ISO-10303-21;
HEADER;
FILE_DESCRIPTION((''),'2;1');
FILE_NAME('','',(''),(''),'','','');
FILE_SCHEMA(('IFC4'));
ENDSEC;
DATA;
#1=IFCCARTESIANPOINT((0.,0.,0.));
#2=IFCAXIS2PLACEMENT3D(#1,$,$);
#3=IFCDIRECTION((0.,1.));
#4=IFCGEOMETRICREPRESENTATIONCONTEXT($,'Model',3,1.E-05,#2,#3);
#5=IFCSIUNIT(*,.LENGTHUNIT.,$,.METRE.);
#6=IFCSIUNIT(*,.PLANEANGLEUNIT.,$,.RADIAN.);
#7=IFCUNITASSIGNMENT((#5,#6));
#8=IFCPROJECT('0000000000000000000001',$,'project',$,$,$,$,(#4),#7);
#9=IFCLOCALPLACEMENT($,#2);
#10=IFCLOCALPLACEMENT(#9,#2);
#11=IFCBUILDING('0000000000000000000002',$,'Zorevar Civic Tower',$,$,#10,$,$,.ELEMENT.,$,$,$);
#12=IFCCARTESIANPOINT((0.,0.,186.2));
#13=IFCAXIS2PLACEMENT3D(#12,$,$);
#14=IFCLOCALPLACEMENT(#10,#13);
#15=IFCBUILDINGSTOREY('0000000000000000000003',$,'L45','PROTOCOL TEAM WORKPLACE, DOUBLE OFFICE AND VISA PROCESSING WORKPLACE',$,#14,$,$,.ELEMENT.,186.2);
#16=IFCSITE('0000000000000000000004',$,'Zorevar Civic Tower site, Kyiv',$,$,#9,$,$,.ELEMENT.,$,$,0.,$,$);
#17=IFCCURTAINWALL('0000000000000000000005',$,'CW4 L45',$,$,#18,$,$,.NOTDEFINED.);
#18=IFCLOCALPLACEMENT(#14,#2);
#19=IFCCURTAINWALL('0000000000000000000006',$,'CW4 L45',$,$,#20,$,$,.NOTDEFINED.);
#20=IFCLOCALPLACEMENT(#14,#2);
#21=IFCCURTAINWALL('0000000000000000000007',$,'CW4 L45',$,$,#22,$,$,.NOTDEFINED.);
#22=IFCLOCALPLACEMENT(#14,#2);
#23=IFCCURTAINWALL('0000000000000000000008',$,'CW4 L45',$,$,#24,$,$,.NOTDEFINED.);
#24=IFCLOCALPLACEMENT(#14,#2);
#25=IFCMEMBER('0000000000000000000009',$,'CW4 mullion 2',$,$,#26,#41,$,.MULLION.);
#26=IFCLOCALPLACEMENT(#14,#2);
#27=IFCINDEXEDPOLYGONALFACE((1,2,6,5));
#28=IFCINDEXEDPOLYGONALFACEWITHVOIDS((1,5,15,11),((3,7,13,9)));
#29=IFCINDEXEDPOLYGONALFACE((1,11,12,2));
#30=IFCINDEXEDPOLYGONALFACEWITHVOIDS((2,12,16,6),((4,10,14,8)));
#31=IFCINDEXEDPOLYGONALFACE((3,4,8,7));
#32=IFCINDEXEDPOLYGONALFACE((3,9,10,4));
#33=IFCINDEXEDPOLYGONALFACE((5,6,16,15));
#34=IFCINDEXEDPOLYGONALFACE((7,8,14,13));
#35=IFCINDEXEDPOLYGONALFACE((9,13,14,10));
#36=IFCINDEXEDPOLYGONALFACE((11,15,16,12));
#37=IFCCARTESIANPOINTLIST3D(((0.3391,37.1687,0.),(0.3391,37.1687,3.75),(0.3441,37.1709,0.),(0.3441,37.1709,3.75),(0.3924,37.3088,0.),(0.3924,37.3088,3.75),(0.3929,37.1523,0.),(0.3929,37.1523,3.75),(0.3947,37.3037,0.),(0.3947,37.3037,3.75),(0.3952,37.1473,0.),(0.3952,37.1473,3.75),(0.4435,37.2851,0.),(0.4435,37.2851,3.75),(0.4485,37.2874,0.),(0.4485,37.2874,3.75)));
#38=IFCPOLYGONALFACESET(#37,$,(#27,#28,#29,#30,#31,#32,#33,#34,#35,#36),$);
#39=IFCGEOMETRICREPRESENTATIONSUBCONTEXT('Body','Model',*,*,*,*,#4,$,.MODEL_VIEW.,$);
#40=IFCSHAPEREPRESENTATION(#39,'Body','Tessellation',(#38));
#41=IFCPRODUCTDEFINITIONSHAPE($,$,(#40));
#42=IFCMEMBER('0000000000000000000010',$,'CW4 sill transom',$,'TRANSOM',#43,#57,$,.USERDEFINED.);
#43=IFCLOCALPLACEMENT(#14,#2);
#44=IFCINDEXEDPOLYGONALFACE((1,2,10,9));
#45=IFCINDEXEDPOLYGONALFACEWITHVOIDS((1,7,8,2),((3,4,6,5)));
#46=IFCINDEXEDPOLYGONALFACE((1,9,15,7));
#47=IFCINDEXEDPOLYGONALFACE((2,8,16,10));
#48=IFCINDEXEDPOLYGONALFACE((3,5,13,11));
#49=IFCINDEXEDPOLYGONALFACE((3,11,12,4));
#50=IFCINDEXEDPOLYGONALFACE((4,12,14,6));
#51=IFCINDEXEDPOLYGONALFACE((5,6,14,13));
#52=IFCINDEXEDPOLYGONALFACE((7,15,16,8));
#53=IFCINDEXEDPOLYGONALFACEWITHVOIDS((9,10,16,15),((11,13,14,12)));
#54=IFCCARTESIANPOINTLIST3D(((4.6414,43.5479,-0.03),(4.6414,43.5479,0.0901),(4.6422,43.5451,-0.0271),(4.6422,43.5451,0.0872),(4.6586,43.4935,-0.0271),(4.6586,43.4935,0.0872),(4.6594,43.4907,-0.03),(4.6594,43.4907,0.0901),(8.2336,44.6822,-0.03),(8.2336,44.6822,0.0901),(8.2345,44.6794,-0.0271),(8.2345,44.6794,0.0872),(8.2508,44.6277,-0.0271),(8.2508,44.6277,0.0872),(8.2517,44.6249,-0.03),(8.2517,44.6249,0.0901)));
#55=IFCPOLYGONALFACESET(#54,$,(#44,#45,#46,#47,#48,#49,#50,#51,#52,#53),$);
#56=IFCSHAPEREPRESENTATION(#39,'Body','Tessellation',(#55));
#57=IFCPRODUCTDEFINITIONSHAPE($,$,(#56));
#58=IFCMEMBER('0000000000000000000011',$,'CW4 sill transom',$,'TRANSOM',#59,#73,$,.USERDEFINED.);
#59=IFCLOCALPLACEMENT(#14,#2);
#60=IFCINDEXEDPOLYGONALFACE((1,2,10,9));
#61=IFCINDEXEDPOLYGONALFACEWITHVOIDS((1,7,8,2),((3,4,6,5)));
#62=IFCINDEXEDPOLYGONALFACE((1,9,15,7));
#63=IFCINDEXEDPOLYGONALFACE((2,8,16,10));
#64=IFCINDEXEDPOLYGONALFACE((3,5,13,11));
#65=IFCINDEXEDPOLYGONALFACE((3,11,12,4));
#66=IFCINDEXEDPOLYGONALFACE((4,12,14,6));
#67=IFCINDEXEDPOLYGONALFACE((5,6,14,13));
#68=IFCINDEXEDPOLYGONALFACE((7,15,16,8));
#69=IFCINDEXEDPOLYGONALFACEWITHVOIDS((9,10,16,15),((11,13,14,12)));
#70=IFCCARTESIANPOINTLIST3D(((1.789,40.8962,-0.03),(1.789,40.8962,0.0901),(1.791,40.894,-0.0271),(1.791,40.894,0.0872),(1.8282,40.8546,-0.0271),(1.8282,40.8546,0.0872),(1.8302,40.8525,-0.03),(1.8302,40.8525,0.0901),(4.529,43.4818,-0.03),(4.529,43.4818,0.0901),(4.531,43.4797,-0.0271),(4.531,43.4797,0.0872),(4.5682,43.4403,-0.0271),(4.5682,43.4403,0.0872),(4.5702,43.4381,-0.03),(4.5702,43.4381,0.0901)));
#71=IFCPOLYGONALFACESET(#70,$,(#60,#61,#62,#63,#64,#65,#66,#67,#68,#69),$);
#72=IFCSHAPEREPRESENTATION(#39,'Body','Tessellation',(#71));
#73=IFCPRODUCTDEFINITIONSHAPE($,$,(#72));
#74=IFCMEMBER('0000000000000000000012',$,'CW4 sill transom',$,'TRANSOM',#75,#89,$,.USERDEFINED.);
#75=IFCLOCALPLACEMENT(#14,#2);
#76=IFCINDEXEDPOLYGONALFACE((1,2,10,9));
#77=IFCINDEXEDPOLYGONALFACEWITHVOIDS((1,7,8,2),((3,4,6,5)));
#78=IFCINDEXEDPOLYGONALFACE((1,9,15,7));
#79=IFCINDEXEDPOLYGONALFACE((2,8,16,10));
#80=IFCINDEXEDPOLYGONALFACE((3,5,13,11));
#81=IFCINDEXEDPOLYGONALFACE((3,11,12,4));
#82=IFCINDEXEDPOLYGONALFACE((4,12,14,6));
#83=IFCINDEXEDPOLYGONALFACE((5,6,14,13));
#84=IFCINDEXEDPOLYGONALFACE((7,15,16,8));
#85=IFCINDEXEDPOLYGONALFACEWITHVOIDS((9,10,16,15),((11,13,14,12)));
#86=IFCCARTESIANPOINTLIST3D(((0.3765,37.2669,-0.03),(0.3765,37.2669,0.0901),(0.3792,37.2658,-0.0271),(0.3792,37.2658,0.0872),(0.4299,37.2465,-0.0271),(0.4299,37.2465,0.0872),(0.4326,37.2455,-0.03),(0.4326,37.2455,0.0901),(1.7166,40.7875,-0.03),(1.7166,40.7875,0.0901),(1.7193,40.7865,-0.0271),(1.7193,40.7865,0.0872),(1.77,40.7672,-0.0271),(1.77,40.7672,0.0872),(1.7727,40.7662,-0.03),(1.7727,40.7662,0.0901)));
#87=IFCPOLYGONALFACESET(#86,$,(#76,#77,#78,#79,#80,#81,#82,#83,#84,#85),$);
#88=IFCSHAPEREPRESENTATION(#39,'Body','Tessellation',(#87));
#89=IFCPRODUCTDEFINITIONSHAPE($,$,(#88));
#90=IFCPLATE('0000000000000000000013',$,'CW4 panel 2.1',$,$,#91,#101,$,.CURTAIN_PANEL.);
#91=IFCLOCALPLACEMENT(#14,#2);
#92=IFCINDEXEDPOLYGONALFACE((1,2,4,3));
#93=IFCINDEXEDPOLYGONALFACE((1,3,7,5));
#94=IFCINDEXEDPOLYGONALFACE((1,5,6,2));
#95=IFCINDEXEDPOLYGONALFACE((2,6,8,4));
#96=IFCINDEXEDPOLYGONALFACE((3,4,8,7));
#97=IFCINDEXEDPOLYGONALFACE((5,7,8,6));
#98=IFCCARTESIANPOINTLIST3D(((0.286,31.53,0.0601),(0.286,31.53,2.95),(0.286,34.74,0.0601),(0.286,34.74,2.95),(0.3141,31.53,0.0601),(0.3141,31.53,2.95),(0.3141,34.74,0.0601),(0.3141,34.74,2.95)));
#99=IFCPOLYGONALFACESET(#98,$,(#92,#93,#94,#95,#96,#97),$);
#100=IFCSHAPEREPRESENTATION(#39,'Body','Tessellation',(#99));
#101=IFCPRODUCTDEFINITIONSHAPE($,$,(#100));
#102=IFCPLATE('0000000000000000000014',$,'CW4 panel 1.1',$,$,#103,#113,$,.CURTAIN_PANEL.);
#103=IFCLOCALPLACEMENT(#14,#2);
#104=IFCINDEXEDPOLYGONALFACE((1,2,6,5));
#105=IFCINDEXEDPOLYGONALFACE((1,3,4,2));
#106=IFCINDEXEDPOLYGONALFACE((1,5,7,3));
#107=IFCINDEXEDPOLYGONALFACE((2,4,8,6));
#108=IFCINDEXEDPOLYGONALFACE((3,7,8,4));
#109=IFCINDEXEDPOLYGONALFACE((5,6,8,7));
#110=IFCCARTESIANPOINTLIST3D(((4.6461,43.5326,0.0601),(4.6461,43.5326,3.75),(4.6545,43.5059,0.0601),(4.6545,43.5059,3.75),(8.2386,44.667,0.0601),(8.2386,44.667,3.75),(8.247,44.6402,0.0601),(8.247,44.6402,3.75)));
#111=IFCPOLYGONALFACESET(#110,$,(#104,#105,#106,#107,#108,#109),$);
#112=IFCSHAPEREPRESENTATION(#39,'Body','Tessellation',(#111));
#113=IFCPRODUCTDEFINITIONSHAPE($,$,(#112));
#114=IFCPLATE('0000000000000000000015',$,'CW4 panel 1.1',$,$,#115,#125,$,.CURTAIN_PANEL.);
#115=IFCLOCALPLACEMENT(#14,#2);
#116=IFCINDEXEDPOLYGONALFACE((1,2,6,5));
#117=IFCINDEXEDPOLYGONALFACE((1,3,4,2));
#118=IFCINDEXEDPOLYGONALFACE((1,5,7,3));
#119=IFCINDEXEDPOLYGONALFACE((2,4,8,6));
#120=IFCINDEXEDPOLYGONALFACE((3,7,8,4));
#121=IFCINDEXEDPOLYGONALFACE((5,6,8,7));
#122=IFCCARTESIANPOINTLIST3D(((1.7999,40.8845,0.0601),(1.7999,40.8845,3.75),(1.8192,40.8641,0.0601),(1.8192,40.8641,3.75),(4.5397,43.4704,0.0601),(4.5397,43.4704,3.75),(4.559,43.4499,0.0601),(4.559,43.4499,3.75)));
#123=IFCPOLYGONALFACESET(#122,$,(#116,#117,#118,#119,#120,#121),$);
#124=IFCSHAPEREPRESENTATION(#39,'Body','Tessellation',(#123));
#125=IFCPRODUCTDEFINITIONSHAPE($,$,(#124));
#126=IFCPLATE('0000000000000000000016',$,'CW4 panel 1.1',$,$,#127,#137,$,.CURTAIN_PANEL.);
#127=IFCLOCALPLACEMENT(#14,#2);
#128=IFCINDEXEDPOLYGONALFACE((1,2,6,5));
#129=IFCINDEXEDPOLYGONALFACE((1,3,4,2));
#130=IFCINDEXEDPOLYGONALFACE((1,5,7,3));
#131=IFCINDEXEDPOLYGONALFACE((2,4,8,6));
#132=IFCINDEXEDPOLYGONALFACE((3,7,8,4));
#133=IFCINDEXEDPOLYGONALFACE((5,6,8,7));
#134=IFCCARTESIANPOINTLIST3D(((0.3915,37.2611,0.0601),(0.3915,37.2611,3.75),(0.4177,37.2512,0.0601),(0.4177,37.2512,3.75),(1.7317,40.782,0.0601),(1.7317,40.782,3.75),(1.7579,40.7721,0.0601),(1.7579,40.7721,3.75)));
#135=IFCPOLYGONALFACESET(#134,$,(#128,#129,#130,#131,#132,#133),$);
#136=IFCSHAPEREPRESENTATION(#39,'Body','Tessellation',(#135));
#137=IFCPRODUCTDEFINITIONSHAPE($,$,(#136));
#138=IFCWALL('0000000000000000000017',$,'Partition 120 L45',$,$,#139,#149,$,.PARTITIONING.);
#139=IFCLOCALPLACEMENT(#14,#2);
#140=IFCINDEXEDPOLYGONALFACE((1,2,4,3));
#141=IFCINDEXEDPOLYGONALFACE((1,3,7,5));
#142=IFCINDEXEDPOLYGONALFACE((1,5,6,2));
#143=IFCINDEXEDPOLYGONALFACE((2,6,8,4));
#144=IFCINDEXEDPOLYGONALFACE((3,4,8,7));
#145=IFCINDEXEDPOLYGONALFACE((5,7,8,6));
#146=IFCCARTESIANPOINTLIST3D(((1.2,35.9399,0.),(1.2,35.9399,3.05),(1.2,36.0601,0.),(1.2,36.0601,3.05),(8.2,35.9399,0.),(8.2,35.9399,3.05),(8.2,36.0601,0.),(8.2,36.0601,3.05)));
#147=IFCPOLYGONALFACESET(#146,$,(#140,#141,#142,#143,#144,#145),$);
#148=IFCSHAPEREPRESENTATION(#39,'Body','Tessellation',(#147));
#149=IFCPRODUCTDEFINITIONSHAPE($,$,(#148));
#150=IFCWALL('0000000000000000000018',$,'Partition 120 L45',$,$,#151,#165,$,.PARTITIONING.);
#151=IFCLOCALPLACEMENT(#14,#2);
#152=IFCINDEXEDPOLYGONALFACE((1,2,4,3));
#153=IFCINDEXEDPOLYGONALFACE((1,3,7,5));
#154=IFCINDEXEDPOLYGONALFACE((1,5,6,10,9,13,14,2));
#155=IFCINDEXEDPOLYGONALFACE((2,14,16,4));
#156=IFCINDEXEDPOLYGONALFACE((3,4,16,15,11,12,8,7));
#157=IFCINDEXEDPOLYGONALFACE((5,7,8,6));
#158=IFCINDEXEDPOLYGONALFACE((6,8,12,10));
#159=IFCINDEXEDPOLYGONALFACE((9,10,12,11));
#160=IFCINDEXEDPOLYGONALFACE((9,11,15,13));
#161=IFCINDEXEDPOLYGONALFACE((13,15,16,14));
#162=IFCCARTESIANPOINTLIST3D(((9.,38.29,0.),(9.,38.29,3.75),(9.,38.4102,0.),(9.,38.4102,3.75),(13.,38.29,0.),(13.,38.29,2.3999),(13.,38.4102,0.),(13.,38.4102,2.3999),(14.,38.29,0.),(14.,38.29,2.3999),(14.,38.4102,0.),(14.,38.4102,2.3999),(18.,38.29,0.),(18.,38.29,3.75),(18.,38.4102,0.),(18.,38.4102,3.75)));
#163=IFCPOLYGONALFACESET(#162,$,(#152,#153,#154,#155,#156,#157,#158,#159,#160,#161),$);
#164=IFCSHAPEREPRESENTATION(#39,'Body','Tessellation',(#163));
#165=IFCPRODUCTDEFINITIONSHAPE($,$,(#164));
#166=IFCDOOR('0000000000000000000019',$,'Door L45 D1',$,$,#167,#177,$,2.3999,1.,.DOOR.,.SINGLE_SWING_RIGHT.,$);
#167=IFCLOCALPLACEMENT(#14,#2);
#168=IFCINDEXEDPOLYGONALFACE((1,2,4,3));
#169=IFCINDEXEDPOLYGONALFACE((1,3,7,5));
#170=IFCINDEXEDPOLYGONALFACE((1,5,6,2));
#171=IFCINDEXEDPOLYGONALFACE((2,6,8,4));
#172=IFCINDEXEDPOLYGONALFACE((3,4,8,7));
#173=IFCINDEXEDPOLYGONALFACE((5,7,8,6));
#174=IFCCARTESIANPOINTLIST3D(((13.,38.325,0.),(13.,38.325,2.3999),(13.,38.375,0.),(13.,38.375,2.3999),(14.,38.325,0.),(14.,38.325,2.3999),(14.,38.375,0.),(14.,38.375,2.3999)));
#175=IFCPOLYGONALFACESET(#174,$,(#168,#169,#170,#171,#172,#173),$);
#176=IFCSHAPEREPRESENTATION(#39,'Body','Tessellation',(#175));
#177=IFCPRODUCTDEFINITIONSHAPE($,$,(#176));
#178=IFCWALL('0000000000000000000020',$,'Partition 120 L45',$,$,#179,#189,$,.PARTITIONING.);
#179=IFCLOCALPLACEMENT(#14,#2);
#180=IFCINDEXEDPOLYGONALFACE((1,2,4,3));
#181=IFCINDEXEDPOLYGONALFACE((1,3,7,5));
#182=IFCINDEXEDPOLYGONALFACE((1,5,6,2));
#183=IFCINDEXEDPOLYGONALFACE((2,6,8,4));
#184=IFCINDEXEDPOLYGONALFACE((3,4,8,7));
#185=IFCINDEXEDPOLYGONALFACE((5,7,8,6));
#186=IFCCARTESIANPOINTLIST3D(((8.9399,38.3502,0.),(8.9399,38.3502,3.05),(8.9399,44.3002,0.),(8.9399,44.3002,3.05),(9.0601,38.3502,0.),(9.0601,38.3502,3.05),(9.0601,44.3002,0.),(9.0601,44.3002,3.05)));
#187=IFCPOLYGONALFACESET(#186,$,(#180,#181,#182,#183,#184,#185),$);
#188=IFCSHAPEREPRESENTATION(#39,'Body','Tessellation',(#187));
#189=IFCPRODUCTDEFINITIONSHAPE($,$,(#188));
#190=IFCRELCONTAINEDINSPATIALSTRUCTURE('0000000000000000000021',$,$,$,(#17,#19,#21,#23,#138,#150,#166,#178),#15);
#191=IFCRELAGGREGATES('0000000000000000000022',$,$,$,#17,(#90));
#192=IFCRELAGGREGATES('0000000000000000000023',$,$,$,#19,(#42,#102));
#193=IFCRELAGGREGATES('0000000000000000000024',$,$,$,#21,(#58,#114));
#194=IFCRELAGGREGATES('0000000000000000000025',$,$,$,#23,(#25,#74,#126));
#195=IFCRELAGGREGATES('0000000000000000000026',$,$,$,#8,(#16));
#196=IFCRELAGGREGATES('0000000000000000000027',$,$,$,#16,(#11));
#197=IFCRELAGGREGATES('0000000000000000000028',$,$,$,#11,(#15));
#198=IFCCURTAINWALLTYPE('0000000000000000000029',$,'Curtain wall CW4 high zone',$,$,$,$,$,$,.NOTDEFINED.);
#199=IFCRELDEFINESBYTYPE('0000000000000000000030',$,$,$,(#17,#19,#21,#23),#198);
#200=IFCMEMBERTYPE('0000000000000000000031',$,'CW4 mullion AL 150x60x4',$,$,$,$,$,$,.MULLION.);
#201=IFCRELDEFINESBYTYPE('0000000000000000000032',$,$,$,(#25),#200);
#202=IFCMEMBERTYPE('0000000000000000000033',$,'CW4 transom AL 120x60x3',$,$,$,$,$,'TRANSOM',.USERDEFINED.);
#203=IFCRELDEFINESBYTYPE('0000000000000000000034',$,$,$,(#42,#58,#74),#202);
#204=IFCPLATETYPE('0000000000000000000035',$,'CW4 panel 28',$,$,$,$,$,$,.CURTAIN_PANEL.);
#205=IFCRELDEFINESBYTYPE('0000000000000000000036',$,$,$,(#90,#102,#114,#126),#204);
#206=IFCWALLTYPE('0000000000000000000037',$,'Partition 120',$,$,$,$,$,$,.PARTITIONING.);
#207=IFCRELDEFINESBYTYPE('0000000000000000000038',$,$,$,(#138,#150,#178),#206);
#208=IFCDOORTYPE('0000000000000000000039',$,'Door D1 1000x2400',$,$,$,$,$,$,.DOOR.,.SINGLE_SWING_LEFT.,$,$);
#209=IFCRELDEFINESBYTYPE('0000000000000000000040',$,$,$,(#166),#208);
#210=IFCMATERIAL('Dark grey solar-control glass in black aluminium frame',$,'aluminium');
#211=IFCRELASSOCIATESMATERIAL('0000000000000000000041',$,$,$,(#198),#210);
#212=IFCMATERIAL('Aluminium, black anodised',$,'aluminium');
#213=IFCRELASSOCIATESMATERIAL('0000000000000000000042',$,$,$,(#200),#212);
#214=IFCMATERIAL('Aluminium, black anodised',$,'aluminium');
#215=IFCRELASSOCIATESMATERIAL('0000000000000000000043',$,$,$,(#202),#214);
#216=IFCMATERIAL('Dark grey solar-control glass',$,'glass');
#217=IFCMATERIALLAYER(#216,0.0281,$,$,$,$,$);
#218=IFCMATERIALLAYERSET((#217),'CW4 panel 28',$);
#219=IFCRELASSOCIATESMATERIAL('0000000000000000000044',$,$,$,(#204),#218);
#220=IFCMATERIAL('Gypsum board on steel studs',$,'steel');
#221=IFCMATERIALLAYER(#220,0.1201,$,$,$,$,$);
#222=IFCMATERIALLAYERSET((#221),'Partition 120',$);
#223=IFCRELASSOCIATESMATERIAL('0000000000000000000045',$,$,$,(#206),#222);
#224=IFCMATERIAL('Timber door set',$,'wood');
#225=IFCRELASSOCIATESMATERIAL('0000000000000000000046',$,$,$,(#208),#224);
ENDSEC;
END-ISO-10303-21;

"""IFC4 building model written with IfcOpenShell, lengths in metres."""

from ifc_helpers import new_model, si_unit, direction, frame, frame_2d, origin, origin_2d, place, context, subcontext, project, spatial, rectangle, hollow_rectangle, extrude, material, layer, layer_set, material_profile, profile_set, type_object, element, fill, aggregate, save


model = new_model("IFC4")

# Units and contexts
model_context = context("Model", 3, precision=1e-05, world=origin(), true_north=direction((0.0, 1.0)))
body_context = subcontext(model_context, "Body", "Model", "MODEL_VIEW")
ifc_project = project(units=[si_unit("LENGTHUNIT", "METRE"), si_unit("PLANEANGLEUNIT", "RADIAN")], contexts=[model_context])

# Site, building, storey
site_placement = place(None, origin())
site = spatial("IfcSite", under=ifc_project, at=site_placement, Name="Zorevar Civic Tower site, Kyiv", CompositionType="ELEMENT", RefElevation=0.0)
building_placement = place(site_placement, origin())
building = spatial("IfcBuilding", under=site, at=building_placement, Name="Zorevar Civic Tower", CompositionType="ELEMENT")
storey_placement = place(building_placement, frame((0.0, 0.0, 186.2)))
storey = spatial("IfcBuildingStorey", under=building, at=storey_placement, Name="L45", Description="PROTOCOL TEAM WORKPLACE, DOUBLE OFFICE AND VISA PROCESSING WORKPLACE", CompositionType="ELEMENT", Elevation=186.2)

# Curtain wall
ifc_material_1 = material(Name="Dark grey solar-control glass in black aluminium frame", Category="aluminium")
curtain_wall_type = type_object("IfcCurtainWallType", Name="Curtain wall CW4 high zone", PredefinedType="NOTDEFINED", material=ifc_material_1)
curtain_wall_1_placement = place(storey_placement, origin())
curtain_wall_1 = element("IfcCurtainWall", 1, at=curtain_wall_1_placement, inside=storey, type_object=curtain_wall_type, Name="CW4 L45", PredefinedType="NOTDEFINED")
ifc_material_2 = material(Name="Aluminium, black anodised", Category="aluminium")
ifc_material_profile_1 = material_profile(ifc_material_2, hollow_rectangle(XDim=0.0601, YDim=0.1499, WallThickness=0.0039, at=origin_2d()), Name="AL 150x60x4")
ifc_profile_set_1 = profile_set([ifc_material_profile_1], Name="Aluminium, black anodised")
member_type_1 = type_object("IfcMemberType", Name="CW4 mullion AL 150x60x4", PredefinedType="MULLION", material=ifc_profile_set_1)

# Curtain walls, member
curtain_wall_2_placement = place(storey_placement, origin())
curtain_wall_2 = element("IfcCurtainWall", 2, at=curtain_wall_2_placement, inside=storey, type_object=curtain_wall_type, Name="CW4 L45", PredefinedType="NOTDEFINED")
curtain_wall_3_placement = place(storey_placement, origin())
curtain_wall_3 = element("IfcCurtainWall", 3, at=curtain_wall_3_placement, inside=storey, type_object=curtain_wall_type, Name="CW4 L45", PredefinedType="NOTDEFINED")
curtain_wall_4_placement = place(storey_placement, origin())
curtain_wall_4 = element("IfcCurtainWall", 4, at=curtain_wall_4_placement, inside=storey, type_object=curtain_wall_type, Name="CW4 L45", PredefinedType="NOTDEFINED")
member_1_placement = place(storey_placement, frame((0.3938, 37.228, 0.0), z_axis=(0.0, 0.0, 1.0), x_axis=(0.934588, -0.355731, 0.0)))
member_1 = element("IfcMember", 5, at=member_1_placement, type_object=member_type_1, Name="CW4 mullion 2", PredefinedType="MULLION", context=body_context, shape_type="SweptSolid", body=[
    extrude(hollow_rectangle(XDim=0.0601, YDim=0.1499, WallThickness=0.0039, at=origin_2d()), origin(), (0.0, 0.0, 1.0), 3.75),
])

# Members
ifc_material_3 = material(Name="Aluminium, black anodised", Category="aluminium")
ifc_material_profile_2 = material_profile(ifc_material_3, hollow_rectangle(XDim=0.0601, YDim=0.1201, WallThickness=0.0029, at=origin_2d()), Name="AL 120x60x3")
ifc_profile_set_2 = profile_set([ifc_material_profile_2], Name="Aluminium, black anodised")
member_type_2 = type_object("IfcMemberType", Name="CW4 transom AL 120x60x3", ElementType="TRANSOM", PredefinedType="USERDEFINED", material=ifc_profile_set_2)
member_2_placement = place(storey_placement, frame((8.2427, 44.6536, 0.03), z_axis=(-0.953592, -0.3011, 0.0), x_axis=(0.3011, -0.953592, 0.0)))
member_2 = element("IfcMember", 6, at=member_2_placement, type_object=member_type_2, Name="CW4 sill transom", ObjectType="TRANSOM", PredefinedType="USERDEFINED", context=body_context, shape_type="SweptSolid", body=[
    extrude(hollow_rectangle(XDim=0.0601, YDim=0.1201, WallThickness=0.0029, at=origin_2d()), origin(), (0.0, 0.0, 1.0), 3.7671),
])
member_3_placement = place(storey_placement, frame((4.5496, 43.46, 0.03), z_axis=(-0.727288, -0.686332, 0.0), x_axis=(0.686332, -0.727288, 0.0)))
member_3 = element("IfcMember", 7, at=member_3_placement, type_object=member_type_2, Name="CW4 sill transom", ObjectType="TRANSOM", PredefinedType="USERDEFINED", context=body_context, shape_type="SweptSolid", body=[
    extrude(hollow_rectangle(XDim=0.0601, YDim=0.1201, WallThickness=0.0029, at=origin_2d()), origin(), (0.0, 0.0, 1.0), 3.7673),
])
member_4_placement = place(storey_placement, frame((1.7446, 40.7769, 0.03), z_axis=(-0.355729, -0.934589, 0.0), x_axis=(0.934589, -0.355729, 0.0)))
member_4 = element("IfcMember", 8, at=member_4_placement, type_object=member_type_2, Name="CW4 sill transom", ObjectType="TRANSOM", PredefinedType="USERDEFINED", context=body_context, shape_type="SweptSolid", body=[
    extrude(hollow_rectangle(XDim=0.0601, YDim=0.1201, WallThickness=0.0029, at=origin_2d()), origin(), (0.0, 0.0, 1.0), 3.7671),
])

# Plates
ifc_material_4 = material(Name="Dark grey solar-control glass", Category="glass")
ifc_layer_1 = layer(ifc_material_4, 0.0281)
ifc_layer_set_1 = layer_set([ifc_layer_1], Name="CW4 panel 28")
plate_type = type_object("IfcPlateType", Name="CW4 panel 28", PredefinedType="CURTAIN_PANEL", material=ifc_layer_set_1)
plate_1_placement = place(storey_placement, frame((0.3, 33.135, 0.0601), z_axis=(0.0, 0.0, 1.0), x_axis=(0.0, 1.0, 0.0)))
plate_1 = element("IfcPlate", 9, at=plate_1_placement, type_object=plate_type, Name="CW4 panel 2.1", PredefinedType="CURTAIN_PANEL", context=body_context, shape_type="SweptSolid", body=[
    extrude(rectangle(XDim=3.21, YDim=0.0281, at=origin_2d()), origin(), (0.0, 0.0, 1.0), 2.8899),
])
aggregate(curtain_wall_1, [plate_1])
plate_2_placement = place(storey_placement, frame((6.4465, 44.0864, 0.0601), z_axis=(0.0, 0.0, 1.0), x_axis=(-0.95359, -0.301108, 0.0)))
plate_2 = element("IfcPlate", 10, at=plate_2_placement, type_object=plate_type, Name="CW4 panel 1.1", PredefinedType="CURTAIN_PANEL", context=body_context, shape_type="SweptSolid", body=[
    extrude(rectangle(XDim=3.7673, YDim=0.0281, at=origin_2d()), origin(), (0.0, 0.0, 1.0), 3.6899),
])
aggregate(curtain_wall_2, [member_2, plate_2])
plate_3_placement = place(storey_placement, frame((3.1794, 42.1672, 0.0601), z_axis=(0.0, 0.0, 1.0), x_axis=(-0.727245, -0.686378, 0.0)))
plate_3 = element("IfcPlate", 11, at=plate_3_placement, type_object=plate_type, Name="CW4 panel 1.1", PredefinedType="CURTAIN_PANEL", context=body_context, shape_type="SweptSolid", body=[
    extrude(rectangle(XDim=3.7673, YDim=0.0281, at=origin_2d()), origin(), (0.0, 0.0, 1.0), 3.6899),
])
aggregate(curtain_wall_3, [member_3, plate_3])
plate_4_placement = place(storey_placement, frame((1.0747, 39.0166, 0.0601), z_axis=(0.0, 0.0, 1.0), x_axis=(-0.355731, -0.934588, 0.0)))
plate_4 = element("IfcPlate", 12, at=plate_4_placement, type_object=plate_type, Name="CW4 panel 1.1", PredefinedType="CURTAIN_PANEL", context=body_context, shape_type="SweptSolid", body=[
    extrude(rectangle(XDim=3.7673, YDim=0.0281, at=origin_2d()), origin(), (0.0, 0.0, 1.0), 3.6899),
])
aggregate(curtain_wall_4, [member_1, member_4, plate_4])

# Wall
ifc_material_5 = material(Name="Gypsum board on steel studs", Category="steel")
ifc_layer_2 = layer(ifc_material_5, 0.1201)
ifc_layer_set_2 = layer_set([ifc_layer_2], Name="Partition 120")
wall_type = type_object("IfcWallType", Name="Partition 120", PredefinedType="PARTITIONING", material=ifc_layer_set_2)
wall_1_placement = place(storey_placement, frame((1.2, 36.0, 0.0), z_axis=(0.0, 0.0, 1.0), x_axis=(1.0, 0.0, 0.0)))
element("IfcWall", 13, at=wall_1_placement, inside=storey, type_object=wall_type, Name="Partition 120 L45", PredefinedType="PARTITIONING", context=body_context, shape_type="SweptSolid", body=[
    extrude(rectangle(XDim=7.0, YDim=0.1201, at=frame_2d((3.5, 0.0))), origin(), (0.0, 0.0, 1.0), 3.05),
])

# Wall, opening, door
wall_2_placement = place(storey_placement, frame((9.0, 38.3501, 0.0), z_axis=(0.0, 0.0, 1.0), x_axis=(1.0, 0.0, 0.0)))
wall_2 = element("IfcWall", 14, at=wall_2_placement, inside=storey, type_object=wall_type, Name="Partition 120 L45", PredefinedType="PARTITIONING", context=body_context, shape_type="SweptSolid", body=[
    extrude(rectangle(XDim=9.0, YDim=0.1201, at=frame_2d((4.5, 0.0))), origin(), (0.0, 0.0, 1.0), 3.75),
])
opening_placement = place(wall_2_placement, frame((4.0, 0.0, 0.0)))
opening = element("IfcOpeningElement", 15, at=opening_placement, cuts=wall_2, PredefinedType="OPENING", context=body_context, shape_type="SweptSolid", body=[
    extrude(rectangle(XDim=1.0, YDim=2.3999, at=frame_2d((0.5, 1.2))), frame((0.0, 0.0701, 0.0), z_axis=(0.0, -1.0, 0.0), x_axis=(1.0, 0.0, 0.0)), (0.0, 0.0, 1.0), 0.1401),
])
ifc_material_6 = material(Name="Timber door set", Category="wood")
door_type = type_object("IfcDoorType", Name="Door D1 1000x2400", OperationType="SINGLE_SWING_LEFT", PredefinedType="DOOR", material=ifc_material_6)
door_placement = place(opening_placement, origin())
door = element("IfcDoor", 16, at=door_placement, inside=storey, type_object=door_type, Name="Door L45 D1", OperationType="SINGLE_SWING_RIGHT", OverallHeight=2.3999, OverallWidth=1.0, PredefinedType="DOOR", context=body_context, shape_type="SweptSolid", body=[
    extrude(rectangle(XDim=1.0, YDim=2.3999, at=frame_2d((0.5, 1.2))), frame((0.0, 0.0249, 0.0), z_axis=(0.0, -1.0, 0.0), x_axis=(1.0, 0.0, 0.0)), (0.0, 0.0, 1.0), 0.05),
])
fill(opening, door)

# Wall
wall_3_placement = place(storey_placement, frame((9.0, 38.3501, 0.0), z_axis=(0.0, 0.0, 1.0), x_axis=(0.0, 1.0, 0.0)))
element("IfcWall", 17, at=wall_3_placement, inside=storey, type_object=wall_type, Name="Partition 120 L45", PredefinedType="PARTITIONING", context=body_context, shape_type="SweptSolid", body=[
    extrude(rectangle(XDim=5.95, YDim=0.1201, at=frame_2d((2.9751, 0.0))), origin(), (0.0, 0.0, 1.0), 3.05),
])

save(model, "model.ifc")
